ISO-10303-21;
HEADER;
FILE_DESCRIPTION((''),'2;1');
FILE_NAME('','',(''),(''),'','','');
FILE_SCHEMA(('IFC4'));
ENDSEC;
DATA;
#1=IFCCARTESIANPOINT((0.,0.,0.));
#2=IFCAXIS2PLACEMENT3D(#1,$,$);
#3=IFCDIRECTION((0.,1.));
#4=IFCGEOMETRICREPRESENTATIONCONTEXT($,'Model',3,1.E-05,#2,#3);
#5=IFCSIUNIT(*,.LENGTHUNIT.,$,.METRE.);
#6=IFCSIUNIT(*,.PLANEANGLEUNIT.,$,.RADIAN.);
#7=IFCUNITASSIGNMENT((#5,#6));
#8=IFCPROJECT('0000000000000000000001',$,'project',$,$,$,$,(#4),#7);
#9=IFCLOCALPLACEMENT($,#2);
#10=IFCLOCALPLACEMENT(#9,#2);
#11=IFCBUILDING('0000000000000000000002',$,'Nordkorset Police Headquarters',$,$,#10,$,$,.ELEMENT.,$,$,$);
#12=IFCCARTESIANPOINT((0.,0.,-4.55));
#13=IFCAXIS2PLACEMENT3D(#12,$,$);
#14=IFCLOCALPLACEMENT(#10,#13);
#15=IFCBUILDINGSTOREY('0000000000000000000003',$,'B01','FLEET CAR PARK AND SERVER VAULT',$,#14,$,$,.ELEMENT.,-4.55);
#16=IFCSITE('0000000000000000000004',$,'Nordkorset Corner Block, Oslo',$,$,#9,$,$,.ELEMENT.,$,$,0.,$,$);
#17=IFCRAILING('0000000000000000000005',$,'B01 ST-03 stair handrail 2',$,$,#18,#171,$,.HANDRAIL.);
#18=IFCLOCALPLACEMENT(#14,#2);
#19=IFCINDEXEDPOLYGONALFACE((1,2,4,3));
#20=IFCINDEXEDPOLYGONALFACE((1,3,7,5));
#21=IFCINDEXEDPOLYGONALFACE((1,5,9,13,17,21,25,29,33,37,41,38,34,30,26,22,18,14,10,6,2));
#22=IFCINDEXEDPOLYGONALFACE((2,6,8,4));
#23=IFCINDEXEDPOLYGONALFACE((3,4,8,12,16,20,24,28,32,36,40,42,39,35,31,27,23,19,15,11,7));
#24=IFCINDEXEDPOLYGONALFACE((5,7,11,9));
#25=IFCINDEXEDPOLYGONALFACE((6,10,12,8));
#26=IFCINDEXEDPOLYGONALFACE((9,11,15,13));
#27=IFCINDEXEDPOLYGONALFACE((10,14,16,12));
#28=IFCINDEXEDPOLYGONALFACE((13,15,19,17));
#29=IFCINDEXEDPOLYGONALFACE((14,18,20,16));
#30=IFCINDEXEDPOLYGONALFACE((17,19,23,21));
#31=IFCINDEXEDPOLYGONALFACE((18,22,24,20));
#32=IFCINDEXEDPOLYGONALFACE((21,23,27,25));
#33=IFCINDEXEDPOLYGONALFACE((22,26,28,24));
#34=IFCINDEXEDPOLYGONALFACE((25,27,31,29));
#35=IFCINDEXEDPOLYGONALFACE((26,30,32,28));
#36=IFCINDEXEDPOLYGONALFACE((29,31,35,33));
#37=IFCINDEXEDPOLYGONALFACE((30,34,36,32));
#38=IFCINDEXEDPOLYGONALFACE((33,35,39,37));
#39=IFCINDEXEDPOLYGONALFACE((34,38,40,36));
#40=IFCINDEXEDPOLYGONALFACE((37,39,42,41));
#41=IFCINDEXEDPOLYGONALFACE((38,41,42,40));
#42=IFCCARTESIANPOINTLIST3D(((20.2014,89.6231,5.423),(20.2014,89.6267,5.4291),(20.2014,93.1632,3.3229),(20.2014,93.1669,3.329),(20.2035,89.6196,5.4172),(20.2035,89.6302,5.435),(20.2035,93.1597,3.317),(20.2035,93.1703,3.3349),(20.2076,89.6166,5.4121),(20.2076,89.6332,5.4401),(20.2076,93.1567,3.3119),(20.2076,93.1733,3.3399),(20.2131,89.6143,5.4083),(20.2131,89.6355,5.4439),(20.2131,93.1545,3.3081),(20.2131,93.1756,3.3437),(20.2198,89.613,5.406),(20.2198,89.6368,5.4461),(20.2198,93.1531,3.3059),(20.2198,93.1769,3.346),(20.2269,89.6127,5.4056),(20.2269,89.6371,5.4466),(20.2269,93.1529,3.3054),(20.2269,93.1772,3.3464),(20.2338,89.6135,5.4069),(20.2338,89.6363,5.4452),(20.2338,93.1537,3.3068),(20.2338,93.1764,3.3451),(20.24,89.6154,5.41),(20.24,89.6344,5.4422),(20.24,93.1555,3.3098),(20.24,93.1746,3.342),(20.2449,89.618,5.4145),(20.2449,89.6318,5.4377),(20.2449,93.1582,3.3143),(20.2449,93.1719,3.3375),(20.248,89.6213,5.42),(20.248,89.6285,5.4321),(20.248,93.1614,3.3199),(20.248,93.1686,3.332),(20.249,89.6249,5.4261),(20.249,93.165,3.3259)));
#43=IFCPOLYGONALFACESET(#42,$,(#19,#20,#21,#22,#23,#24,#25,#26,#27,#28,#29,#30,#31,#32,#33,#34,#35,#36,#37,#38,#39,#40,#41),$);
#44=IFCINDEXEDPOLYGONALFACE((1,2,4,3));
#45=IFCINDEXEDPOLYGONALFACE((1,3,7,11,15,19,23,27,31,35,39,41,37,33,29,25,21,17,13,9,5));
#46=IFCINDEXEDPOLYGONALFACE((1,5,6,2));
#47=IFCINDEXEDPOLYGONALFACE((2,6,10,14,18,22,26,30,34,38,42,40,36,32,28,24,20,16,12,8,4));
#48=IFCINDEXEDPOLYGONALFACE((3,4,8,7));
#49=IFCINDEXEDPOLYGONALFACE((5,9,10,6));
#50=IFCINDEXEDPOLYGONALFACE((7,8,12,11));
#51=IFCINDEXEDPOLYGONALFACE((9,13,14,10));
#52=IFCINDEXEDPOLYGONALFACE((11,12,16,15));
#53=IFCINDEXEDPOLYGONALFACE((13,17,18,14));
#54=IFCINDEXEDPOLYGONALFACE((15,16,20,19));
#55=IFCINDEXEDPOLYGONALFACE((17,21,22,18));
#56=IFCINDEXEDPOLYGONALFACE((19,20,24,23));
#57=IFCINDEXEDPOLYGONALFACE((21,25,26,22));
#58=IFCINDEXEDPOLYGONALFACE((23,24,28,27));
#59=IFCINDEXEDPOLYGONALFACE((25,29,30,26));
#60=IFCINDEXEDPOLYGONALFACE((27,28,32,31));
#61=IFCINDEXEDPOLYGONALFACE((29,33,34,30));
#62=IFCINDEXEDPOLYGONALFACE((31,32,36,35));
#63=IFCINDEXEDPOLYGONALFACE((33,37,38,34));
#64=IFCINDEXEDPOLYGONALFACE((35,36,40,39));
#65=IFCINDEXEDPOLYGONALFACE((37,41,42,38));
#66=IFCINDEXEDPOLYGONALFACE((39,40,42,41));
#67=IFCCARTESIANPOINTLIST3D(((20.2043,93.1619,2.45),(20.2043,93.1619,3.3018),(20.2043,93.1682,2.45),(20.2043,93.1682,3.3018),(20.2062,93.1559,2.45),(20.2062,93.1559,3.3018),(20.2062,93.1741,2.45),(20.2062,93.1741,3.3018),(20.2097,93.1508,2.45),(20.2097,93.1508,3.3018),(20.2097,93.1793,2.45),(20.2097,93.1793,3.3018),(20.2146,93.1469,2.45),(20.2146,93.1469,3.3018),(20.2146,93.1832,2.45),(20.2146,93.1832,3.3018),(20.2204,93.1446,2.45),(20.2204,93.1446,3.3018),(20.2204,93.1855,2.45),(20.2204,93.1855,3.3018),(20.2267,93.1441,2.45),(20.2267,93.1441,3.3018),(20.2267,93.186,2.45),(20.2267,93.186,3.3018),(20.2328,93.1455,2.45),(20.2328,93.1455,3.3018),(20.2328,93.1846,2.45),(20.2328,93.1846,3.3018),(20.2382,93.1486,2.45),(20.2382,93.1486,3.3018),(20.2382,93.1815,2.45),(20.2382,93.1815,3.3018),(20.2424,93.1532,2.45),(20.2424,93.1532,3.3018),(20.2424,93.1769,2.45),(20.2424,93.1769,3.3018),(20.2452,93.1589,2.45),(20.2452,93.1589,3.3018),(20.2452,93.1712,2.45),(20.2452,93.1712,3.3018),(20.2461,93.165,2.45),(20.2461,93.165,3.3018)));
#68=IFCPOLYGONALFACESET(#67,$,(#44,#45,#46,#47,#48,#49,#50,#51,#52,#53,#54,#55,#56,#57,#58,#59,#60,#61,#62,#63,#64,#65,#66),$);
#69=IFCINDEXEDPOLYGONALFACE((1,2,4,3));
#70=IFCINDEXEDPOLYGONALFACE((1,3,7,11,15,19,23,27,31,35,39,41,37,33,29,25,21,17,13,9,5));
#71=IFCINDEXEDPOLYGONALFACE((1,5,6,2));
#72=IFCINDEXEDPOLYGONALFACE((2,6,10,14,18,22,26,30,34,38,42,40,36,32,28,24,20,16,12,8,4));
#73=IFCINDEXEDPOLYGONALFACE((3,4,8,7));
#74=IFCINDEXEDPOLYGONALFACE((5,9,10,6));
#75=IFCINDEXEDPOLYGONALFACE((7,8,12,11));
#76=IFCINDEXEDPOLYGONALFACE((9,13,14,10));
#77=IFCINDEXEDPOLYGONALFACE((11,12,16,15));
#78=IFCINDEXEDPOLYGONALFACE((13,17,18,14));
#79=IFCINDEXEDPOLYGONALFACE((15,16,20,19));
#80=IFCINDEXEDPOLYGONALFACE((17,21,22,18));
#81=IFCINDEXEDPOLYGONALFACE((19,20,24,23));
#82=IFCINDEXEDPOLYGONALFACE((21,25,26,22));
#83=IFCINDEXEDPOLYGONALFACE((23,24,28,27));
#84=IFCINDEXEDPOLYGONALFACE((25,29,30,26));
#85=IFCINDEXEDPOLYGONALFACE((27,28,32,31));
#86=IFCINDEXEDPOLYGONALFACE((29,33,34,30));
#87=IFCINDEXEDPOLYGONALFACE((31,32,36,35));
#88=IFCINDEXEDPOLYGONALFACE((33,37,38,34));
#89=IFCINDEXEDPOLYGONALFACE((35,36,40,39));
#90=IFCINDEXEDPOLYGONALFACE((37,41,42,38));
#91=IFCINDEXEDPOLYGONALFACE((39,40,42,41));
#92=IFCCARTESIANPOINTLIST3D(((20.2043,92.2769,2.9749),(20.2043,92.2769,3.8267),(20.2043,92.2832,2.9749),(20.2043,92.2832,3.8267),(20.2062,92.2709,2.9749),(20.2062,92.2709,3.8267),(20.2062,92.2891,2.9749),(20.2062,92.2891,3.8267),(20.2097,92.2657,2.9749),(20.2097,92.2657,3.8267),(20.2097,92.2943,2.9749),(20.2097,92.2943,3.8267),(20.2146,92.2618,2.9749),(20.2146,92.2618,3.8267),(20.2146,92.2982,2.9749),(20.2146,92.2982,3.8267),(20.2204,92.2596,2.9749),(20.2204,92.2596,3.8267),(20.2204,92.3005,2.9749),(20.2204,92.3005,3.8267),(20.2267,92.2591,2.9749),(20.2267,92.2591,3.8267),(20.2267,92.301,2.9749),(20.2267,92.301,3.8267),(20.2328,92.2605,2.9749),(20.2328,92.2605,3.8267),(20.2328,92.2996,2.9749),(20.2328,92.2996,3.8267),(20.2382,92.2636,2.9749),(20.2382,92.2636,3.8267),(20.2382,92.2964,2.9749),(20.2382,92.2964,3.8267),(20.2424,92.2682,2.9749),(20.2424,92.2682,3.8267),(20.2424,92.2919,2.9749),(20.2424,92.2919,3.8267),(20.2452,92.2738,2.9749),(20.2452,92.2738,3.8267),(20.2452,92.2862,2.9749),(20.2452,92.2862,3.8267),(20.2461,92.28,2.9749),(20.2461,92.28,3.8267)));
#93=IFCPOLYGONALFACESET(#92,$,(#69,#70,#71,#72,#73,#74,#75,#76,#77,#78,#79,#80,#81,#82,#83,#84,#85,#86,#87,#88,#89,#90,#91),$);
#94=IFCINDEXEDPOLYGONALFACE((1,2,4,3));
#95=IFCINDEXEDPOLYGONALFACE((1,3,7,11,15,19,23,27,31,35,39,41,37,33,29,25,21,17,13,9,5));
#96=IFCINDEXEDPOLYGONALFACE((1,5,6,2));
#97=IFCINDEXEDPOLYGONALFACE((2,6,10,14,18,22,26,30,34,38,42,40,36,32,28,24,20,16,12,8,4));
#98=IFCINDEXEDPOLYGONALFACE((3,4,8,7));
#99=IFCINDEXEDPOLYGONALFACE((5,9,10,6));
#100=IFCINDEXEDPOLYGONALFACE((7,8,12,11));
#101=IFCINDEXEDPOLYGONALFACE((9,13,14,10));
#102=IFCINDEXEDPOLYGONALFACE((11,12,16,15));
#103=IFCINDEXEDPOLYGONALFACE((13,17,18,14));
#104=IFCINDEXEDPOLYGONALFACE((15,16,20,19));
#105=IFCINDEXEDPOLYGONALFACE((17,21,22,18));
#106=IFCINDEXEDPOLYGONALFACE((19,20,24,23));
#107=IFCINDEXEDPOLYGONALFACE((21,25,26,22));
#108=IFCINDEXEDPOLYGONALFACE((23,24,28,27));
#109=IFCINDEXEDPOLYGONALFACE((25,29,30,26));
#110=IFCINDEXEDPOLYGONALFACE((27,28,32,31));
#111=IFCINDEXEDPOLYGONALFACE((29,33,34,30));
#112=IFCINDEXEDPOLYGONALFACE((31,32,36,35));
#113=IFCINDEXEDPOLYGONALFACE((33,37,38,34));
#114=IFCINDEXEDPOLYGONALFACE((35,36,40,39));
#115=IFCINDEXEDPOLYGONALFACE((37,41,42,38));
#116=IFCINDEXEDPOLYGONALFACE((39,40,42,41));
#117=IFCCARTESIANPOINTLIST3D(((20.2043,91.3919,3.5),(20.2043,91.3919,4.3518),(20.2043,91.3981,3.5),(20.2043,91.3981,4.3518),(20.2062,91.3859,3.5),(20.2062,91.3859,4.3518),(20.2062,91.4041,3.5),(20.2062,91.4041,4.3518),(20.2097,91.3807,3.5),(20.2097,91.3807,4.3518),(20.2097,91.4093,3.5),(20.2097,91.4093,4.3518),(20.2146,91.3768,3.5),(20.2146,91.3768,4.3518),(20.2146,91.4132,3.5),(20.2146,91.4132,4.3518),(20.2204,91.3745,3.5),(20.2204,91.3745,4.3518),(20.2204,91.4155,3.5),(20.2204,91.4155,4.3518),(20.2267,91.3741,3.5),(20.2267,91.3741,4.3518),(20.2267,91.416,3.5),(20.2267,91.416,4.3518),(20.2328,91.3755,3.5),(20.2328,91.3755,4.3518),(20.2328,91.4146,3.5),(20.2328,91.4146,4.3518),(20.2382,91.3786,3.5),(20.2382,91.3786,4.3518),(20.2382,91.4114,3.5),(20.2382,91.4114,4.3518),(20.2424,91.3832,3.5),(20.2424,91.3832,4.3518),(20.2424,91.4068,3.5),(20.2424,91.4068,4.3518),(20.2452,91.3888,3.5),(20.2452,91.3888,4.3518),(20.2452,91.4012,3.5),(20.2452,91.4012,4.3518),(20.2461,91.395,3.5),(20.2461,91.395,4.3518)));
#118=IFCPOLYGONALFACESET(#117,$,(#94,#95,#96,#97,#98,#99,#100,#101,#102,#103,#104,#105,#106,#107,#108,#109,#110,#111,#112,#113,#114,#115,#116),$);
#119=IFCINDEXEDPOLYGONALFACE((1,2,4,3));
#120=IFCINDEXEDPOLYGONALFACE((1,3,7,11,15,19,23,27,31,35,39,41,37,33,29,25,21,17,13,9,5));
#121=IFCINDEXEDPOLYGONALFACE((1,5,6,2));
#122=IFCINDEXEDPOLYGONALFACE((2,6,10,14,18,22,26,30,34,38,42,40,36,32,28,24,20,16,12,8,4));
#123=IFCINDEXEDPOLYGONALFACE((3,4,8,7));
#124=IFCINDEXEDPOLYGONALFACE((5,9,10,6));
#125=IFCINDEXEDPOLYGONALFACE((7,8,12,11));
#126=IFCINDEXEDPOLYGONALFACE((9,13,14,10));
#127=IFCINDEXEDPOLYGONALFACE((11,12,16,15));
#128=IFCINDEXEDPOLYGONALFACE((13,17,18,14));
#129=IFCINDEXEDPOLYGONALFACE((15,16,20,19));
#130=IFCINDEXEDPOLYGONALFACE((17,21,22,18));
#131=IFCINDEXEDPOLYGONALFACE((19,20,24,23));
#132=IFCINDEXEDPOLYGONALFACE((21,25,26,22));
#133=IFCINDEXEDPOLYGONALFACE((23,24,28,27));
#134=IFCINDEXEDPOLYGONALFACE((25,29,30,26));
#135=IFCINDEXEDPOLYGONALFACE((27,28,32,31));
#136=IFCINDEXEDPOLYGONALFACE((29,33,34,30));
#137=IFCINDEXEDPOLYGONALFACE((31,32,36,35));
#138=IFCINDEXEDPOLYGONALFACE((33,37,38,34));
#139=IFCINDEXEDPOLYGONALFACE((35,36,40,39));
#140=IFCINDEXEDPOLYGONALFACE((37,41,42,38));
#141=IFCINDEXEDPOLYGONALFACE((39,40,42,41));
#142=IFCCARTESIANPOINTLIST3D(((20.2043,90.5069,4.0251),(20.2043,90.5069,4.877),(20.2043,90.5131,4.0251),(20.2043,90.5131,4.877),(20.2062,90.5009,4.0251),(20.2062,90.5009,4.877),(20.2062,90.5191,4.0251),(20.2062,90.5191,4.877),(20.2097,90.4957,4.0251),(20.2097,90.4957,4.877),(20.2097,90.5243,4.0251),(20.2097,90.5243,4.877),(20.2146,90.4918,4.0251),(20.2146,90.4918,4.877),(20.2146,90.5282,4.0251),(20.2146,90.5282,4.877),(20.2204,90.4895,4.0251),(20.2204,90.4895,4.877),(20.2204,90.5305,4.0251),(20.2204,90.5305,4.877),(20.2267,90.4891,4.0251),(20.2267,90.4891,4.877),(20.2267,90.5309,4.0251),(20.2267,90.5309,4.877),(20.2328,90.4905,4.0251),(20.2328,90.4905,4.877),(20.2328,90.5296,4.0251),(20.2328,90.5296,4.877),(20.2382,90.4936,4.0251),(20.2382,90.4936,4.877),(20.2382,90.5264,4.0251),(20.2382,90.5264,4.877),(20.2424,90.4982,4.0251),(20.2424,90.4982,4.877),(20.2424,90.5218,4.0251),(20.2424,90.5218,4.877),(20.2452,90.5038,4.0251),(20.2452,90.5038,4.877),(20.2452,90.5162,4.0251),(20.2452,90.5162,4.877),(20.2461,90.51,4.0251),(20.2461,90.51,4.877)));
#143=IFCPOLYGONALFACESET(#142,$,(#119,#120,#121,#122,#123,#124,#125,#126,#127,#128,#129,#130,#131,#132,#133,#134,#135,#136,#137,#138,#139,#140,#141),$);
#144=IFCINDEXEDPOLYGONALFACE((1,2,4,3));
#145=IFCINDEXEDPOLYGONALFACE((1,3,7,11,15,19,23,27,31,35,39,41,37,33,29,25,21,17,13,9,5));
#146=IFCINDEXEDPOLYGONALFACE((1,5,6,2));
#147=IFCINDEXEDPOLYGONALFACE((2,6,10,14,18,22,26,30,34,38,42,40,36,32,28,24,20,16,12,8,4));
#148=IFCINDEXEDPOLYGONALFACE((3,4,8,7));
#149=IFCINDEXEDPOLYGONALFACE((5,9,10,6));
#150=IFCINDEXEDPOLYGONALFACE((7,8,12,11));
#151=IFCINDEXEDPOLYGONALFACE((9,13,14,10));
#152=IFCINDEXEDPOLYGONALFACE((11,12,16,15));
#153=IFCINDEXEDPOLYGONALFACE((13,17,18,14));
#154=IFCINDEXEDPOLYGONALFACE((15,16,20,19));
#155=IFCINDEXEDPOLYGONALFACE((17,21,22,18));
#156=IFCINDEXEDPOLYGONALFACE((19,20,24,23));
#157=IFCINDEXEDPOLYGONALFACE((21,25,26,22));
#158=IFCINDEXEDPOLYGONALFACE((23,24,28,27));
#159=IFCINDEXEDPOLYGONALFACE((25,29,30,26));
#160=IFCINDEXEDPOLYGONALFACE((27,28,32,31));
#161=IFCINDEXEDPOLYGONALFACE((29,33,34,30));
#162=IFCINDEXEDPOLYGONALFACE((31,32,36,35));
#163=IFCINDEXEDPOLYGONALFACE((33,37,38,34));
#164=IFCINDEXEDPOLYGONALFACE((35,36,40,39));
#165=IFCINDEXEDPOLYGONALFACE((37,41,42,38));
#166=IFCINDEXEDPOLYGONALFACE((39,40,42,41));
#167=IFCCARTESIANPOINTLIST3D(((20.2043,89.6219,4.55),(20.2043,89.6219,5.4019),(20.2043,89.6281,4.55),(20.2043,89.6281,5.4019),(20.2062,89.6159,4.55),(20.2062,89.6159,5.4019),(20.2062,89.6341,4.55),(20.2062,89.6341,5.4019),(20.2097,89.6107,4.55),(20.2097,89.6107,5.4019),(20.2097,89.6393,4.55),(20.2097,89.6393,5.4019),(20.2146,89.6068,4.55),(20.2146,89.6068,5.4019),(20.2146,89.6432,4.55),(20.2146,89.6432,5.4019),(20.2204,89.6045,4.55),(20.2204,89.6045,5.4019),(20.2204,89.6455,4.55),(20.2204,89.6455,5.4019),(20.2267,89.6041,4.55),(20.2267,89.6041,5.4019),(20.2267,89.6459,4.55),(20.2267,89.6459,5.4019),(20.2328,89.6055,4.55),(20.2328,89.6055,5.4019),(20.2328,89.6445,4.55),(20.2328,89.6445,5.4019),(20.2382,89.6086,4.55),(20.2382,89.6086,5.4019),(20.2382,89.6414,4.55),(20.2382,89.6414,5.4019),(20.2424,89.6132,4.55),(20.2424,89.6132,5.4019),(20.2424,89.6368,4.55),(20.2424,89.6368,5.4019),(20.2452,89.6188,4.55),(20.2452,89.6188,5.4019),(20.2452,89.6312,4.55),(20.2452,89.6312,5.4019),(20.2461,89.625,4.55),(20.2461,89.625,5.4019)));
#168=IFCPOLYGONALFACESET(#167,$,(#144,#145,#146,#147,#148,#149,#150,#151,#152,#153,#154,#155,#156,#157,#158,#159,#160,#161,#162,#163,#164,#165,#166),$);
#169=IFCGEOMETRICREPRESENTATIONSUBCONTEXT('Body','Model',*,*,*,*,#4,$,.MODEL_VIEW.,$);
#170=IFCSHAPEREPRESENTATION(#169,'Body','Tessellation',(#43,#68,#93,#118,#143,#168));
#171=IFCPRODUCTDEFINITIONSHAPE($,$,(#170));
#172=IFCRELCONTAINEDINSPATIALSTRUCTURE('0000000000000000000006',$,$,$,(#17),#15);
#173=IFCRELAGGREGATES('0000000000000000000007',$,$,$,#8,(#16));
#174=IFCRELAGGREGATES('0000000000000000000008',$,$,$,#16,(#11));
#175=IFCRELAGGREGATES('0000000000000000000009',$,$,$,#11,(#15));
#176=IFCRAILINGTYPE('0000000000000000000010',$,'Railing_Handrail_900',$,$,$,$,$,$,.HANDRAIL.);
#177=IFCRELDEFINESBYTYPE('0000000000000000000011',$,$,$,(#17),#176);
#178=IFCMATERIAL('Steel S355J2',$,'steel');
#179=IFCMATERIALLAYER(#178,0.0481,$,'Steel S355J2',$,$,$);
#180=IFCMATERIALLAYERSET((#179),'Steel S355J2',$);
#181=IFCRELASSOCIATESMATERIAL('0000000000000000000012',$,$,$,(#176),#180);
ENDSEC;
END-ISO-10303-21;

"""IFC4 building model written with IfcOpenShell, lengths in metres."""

from ifc_helpers import new_model, si_unit, direction, frame, origin, origin_2d, place, context, subcontext, project, spatial, circle, extrude, material, layer, layer_set, type_object, element, save


model = new_model("IFC4")

# Units and contexts
model_context = context("Model", 3, precision=1e-05, world=origin(), true_north=direction((0.0, 1.0)))
body_context = subcontext(model_context, "Body", "Model", "MODEL_VIEW")
ifc_project = project(units=[si_unit("LENGTHUNIT", "METRE"), si_unit("PLANEANGLEUNIT", "RADIAN")], contexts=[model_context])

# Site, building, storey
site_placement = place(None, origin())
site = spatial("IfcSite", under=ifc_project, at=site_placement, Name="Nordkorset Corner Block, Oslo", CompositionType="ELEMENT", RefElevation=0.0)
building_placement = place(site_placement, origin())
building = spatial("IfcBuilding", under=site, at=building_placement, Name="Nordkorset Police Headquarters", CompositionType="ELEMENT")
storey_placement = place(building_placement, frame((0.0, 0.0, -4.55)))
storey = spatial("IfcBuildingStorey", under=building, at=storey_placement, Name="B01", Description="FLEET CAR PARK AND SERVER VAULT", CompositionType="ELEMENT", Elevation=-4.55)

# Railing
ifc_material_1 = material(Name="Steel S355J2", Category="steel")
ifc_layer_1 = layer(ifc_material_1, 0.0481, Name="Steel S355J2")
ifc_layer_set_1 = layer_set([ifc_layer_1], Name="Steel S355J2")
railing_type_1 = type_object("IfcRailingType", Name="Railing_Handrail_900", PredefinedType="HANDRAIL", material=ifc_layer_set_1)
railing_1_placement = place(storey_placement, frame((20.2251, 93.165, 2.45)))
element("IfcRailing", 1, at=railing_1_placement, inside=storey, type_object=railing_type_1, Name="B01 ST-03 stair handrail 2", PredefinedType="HANDRAIL", context=body_context, shape_type="SweptSolid", body=[
    extrude(circle(Radius=0.0239, at=origin_2d()), frame((0.0, 0.0, 0.876), z_axis=(0.0, -0.860047, 0.510215), x_axis=(1.0, 0.0, 0.0)), (0.0, 0.0, 1.0), 4.1162),
    extrude(circle(Radius=0.021, at=origin_2d()), origin(), (0.0, 0.0, 1.0), 0.8518),
    extrude(circle(Radius=0.021, at=origin_2d()), frame((0.0, -0.885, 0.5249)), (0.0, 0.0, 1.0), 0.8518),
    extrude(circle(Radius=0.021, at=origin_2d()), frame((0.0, -1.77, 1.05)), (0.0, 0.0, 1.0), 0.8518),
    extrude(circle(Radius=0.021, at=origin_2d()), frame((0.0, -2.655, 1.5752)), (0.0, 0.0, 1.0), 0.8518),
    extrude(circle(Radius=0.021, at=origin_2d()), frame((0.0, -3.54, 2.1001)), (0.0, 0.0, 1.0), 0.8518),
])

save(model, "model.ifc")
